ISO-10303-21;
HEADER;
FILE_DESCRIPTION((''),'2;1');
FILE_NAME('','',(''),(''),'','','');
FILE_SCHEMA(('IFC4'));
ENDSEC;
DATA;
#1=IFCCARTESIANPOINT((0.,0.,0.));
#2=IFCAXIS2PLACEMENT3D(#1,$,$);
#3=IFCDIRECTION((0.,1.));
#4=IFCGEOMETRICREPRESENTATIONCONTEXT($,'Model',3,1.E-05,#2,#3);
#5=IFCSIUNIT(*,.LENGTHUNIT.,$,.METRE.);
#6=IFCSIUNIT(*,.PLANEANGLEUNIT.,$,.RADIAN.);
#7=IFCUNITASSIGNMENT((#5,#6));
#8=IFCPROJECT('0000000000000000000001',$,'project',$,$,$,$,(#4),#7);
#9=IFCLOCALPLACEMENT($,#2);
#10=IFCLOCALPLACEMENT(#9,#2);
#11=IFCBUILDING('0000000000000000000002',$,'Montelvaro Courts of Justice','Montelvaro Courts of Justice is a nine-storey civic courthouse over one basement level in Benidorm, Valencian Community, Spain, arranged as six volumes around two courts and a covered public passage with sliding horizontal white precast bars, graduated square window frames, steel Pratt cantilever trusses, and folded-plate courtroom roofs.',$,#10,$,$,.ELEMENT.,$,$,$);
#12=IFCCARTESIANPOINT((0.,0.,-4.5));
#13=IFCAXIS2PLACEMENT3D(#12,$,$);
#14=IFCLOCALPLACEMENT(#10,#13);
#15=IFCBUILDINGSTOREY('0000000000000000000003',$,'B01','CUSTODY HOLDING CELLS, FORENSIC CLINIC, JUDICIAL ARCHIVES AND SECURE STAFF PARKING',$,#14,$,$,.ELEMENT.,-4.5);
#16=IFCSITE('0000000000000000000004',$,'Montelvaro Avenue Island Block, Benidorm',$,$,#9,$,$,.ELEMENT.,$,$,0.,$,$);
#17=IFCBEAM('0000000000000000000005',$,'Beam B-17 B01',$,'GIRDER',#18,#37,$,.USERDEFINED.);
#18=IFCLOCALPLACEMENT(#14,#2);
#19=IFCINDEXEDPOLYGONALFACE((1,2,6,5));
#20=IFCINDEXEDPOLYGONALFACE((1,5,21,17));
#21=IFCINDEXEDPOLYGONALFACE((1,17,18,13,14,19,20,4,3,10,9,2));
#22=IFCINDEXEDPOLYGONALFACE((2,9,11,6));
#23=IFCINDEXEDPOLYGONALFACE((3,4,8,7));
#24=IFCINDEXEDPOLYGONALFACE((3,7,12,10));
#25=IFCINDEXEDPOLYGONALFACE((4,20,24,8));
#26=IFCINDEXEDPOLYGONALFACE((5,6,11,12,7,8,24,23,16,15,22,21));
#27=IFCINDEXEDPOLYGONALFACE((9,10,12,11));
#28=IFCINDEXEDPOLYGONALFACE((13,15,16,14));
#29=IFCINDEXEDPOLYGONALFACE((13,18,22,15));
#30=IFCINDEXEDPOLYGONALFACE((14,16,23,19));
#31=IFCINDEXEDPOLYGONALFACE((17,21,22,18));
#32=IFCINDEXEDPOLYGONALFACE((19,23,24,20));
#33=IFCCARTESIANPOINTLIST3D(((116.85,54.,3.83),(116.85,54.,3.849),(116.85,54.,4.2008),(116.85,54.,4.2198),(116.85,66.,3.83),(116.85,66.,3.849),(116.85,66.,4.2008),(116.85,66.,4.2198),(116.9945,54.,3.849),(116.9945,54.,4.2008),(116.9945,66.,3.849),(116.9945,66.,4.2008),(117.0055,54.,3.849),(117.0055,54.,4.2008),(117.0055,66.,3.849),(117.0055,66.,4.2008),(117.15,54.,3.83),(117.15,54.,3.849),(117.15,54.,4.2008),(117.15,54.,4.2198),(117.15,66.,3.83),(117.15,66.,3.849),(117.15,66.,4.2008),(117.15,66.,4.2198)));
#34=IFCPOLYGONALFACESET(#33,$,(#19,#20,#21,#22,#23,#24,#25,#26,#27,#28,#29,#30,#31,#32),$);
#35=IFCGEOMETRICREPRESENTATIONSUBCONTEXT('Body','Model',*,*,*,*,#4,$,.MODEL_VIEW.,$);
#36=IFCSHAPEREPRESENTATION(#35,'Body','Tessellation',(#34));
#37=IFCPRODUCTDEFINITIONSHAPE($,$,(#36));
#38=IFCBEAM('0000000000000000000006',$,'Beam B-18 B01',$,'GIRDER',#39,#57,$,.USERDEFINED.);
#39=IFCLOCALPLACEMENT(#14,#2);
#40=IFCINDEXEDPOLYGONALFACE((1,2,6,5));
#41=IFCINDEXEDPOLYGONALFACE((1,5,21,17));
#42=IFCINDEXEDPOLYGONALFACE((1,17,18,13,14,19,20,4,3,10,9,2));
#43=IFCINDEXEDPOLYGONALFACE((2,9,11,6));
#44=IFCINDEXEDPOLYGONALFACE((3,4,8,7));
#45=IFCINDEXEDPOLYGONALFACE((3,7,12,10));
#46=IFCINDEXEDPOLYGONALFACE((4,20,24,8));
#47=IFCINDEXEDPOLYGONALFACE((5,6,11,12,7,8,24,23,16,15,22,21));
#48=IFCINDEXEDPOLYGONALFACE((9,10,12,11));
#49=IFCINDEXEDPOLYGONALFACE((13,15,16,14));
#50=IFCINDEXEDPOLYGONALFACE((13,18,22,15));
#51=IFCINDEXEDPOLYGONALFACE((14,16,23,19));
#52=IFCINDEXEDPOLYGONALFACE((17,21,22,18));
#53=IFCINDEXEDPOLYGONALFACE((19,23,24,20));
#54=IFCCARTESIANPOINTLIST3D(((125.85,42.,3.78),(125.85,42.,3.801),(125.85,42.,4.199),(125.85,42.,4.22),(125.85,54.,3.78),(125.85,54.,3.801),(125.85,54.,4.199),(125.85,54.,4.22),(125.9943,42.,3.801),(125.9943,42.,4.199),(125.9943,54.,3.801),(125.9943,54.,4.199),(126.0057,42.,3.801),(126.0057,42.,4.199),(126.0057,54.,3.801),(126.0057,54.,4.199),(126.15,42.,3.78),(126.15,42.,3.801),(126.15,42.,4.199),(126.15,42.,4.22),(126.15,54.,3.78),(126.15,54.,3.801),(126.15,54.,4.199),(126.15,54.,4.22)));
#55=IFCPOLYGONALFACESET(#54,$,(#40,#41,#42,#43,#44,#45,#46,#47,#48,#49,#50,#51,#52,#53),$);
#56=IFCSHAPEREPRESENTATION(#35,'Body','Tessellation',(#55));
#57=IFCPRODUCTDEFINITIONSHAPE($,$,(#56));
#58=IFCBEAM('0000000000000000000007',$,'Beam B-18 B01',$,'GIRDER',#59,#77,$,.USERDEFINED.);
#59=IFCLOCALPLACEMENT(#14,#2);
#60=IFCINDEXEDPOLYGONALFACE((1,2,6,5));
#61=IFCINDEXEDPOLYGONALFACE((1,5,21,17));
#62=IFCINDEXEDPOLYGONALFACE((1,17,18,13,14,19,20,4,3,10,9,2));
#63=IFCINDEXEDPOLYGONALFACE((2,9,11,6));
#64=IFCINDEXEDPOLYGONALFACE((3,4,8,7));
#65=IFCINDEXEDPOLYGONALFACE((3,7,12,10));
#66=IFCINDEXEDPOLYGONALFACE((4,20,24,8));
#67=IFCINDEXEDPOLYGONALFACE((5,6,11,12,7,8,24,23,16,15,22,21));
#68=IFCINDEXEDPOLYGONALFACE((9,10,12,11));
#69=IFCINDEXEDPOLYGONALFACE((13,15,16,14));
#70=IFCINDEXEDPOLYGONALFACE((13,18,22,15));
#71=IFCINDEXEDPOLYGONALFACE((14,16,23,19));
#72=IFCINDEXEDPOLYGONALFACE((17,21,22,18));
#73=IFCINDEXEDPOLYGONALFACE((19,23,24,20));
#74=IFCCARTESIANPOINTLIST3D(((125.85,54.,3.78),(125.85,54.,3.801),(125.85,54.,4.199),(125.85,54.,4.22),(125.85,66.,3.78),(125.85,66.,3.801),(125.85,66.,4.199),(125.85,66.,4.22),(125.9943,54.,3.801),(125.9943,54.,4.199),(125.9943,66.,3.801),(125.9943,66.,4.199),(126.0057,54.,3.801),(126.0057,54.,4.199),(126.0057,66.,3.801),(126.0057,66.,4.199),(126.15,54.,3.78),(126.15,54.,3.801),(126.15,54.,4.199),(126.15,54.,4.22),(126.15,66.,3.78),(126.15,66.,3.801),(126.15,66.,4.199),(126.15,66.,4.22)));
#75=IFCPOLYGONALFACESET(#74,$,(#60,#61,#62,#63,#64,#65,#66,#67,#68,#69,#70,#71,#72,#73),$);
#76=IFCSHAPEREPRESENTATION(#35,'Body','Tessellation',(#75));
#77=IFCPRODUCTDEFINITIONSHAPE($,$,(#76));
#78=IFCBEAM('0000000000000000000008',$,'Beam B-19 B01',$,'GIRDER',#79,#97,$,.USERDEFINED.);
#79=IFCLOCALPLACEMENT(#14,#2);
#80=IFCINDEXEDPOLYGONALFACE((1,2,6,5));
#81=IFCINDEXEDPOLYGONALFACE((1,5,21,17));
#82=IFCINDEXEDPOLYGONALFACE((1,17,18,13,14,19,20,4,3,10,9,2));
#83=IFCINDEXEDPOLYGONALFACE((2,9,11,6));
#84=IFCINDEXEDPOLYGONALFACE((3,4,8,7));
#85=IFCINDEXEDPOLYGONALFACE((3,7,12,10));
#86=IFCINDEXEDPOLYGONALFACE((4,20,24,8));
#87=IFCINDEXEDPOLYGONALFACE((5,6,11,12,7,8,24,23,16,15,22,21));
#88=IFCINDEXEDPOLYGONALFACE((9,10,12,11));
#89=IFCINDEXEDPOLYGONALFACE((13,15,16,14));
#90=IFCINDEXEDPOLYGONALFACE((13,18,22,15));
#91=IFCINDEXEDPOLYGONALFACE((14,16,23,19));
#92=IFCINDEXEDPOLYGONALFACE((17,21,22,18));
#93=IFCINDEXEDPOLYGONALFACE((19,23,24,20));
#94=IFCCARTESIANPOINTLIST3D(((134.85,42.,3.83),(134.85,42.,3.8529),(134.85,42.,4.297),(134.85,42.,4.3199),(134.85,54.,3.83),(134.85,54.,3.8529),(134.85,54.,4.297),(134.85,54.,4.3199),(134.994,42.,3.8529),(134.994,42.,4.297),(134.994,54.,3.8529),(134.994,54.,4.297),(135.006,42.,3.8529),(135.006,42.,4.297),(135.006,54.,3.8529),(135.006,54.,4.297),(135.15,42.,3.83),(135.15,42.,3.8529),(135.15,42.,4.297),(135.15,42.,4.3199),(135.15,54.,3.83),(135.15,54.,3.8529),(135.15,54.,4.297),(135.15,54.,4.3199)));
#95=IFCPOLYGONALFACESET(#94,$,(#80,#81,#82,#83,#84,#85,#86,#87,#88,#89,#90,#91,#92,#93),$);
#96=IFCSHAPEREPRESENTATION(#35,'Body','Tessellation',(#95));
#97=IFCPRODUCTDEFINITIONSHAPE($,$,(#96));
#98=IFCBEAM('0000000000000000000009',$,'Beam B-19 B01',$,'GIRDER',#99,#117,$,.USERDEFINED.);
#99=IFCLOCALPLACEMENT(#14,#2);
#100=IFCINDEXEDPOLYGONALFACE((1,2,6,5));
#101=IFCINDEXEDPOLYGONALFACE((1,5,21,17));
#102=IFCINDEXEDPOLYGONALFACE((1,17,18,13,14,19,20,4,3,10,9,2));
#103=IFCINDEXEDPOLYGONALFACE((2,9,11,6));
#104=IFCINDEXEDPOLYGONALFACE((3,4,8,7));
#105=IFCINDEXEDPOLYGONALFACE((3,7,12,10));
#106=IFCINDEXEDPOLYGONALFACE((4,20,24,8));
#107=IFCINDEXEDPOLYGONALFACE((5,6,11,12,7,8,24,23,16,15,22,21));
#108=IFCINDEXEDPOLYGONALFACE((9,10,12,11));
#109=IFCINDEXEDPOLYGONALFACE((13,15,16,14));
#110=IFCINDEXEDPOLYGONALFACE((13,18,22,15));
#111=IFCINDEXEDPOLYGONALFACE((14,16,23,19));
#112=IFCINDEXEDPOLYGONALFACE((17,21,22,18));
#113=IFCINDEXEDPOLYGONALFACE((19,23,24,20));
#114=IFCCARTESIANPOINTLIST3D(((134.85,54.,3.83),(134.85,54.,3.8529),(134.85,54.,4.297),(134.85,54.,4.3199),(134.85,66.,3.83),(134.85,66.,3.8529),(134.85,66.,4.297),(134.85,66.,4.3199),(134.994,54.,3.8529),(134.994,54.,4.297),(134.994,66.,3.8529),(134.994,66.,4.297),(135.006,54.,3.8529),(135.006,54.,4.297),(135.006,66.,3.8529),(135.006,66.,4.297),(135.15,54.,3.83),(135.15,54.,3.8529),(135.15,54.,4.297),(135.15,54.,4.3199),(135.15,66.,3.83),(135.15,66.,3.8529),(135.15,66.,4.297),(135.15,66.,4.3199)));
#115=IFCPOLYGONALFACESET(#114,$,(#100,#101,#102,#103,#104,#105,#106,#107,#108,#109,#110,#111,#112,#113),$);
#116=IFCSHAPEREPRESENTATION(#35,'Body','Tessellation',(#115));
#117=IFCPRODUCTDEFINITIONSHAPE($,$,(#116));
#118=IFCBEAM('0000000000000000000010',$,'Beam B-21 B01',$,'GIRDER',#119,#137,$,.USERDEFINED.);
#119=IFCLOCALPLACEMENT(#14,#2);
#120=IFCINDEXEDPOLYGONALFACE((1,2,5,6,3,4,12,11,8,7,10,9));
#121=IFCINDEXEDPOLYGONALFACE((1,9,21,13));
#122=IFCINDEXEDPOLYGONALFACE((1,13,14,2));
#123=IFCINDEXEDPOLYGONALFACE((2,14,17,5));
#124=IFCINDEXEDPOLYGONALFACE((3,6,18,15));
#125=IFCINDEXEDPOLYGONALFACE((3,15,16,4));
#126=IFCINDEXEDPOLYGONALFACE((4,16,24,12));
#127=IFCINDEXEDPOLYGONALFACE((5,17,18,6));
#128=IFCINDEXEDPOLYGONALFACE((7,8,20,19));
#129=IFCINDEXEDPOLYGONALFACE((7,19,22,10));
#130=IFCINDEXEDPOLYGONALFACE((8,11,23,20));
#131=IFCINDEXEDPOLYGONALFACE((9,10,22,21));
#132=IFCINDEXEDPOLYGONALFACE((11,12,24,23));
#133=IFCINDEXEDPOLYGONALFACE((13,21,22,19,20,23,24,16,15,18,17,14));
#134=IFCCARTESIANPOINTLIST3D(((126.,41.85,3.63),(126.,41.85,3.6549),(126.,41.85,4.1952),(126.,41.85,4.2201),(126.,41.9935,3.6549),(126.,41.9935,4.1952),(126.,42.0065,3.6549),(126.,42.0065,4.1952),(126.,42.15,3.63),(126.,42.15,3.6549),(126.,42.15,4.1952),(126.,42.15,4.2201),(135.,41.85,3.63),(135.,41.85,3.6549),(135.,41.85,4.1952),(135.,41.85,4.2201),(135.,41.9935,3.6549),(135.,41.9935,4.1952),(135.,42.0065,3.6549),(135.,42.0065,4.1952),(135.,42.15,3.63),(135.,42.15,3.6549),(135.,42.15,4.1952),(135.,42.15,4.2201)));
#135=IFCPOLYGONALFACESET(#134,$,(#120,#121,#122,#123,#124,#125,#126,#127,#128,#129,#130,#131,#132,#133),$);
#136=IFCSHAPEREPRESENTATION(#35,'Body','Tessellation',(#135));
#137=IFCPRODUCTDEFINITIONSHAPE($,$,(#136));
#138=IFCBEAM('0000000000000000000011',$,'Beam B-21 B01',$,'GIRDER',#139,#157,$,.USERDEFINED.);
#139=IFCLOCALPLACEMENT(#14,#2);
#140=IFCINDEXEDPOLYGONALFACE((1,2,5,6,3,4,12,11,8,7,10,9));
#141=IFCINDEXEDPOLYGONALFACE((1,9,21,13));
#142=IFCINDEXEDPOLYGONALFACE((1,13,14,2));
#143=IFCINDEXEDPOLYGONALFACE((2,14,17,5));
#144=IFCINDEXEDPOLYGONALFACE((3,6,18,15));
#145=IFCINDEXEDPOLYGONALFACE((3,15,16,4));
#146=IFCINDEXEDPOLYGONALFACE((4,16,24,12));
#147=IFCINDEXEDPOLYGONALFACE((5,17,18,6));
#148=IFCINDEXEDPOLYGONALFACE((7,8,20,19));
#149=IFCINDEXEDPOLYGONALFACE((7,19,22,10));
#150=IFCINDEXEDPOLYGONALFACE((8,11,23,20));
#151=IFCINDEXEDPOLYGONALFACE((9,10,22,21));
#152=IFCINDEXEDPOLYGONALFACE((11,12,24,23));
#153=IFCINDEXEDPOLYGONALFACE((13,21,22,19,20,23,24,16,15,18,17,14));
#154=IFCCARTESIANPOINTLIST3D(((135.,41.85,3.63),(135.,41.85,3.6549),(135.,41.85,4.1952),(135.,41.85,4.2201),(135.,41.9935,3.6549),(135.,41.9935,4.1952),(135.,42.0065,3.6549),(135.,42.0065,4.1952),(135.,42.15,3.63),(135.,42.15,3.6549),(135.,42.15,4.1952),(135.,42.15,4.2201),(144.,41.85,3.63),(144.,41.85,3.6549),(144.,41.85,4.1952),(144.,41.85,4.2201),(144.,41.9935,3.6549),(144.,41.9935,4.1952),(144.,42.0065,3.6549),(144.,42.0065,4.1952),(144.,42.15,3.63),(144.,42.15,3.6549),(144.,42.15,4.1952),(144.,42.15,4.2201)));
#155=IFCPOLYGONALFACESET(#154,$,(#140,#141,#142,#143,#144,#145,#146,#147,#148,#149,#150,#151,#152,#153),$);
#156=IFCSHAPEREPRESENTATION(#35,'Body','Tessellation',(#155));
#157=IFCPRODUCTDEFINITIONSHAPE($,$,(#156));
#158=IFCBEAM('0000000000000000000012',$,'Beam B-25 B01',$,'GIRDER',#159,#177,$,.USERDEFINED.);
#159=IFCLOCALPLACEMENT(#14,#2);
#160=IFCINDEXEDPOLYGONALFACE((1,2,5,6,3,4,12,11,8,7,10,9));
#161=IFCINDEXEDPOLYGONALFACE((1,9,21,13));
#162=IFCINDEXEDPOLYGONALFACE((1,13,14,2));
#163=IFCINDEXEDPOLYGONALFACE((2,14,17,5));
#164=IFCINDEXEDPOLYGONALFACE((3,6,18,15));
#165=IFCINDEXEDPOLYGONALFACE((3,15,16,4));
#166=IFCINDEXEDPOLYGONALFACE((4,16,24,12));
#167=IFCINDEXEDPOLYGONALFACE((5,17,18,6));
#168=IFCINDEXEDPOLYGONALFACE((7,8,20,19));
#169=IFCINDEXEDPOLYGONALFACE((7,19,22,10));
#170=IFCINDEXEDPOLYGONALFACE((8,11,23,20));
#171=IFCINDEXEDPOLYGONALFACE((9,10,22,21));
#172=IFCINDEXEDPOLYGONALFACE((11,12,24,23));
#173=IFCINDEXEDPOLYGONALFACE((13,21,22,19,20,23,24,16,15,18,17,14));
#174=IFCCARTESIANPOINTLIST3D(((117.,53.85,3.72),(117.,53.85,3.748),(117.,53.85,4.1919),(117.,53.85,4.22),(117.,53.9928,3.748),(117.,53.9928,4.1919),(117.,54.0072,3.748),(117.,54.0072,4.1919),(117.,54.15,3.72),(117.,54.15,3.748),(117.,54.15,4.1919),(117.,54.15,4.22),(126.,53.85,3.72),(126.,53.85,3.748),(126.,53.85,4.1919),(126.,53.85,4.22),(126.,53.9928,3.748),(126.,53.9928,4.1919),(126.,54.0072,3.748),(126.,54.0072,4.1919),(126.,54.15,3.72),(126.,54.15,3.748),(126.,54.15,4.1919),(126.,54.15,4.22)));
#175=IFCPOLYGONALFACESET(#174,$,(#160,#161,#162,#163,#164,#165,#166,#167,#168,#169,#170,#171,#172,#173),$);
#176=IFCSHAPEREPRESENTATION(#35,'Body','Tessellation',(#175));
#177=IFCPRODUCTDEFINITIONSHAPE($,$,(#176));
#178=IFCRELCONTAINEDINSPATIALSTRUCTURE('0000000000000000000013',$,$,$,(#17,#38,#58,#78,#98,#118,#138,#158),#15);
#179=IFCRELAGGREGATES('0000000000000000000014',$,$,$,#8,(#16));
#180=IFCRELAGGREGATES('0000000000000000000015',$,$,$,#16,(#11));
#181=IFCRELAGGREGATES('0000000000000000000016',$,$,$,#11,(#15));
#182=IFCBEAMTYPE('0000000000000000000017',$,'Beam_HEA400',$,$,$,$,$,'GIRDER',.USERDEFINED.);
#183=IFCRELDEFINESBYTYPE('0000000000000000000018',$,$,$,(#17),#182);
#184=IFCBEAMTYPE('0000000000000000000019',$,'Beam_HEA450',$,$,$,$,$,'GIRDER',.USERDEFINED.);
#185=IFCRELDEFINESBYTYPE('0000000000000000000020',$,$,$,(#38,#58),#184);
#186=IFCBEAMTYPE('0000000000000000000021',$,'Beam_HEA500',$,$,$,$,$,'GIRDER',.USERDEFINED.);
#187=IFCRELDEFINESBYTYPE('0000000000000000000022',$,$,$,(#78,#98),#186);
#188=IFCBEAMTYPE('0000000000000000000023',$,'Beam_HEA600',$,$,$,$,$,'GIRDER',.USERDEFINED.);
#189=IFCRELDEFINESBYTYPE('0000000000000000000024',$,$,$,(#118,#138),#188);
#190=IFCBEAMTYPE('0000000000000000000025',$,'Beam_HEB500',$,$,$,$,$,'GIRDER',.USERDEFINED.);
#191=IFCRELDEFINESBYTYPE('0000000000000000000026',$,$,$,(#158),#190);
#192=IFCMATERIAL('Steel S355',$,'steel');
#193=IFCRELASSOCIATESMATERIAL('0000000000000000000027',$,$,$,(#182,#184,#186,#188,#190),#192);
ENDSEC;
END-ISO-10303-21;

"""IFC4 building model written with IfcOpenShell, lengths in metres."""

from ifc_helpers import new_model, si_unit, direction, frame, origin, origin_2d, place, context, subcontext, project, spatial, i_section, extrude, material, material_profile, profile_set, type_object, element, save


model = new_model("IFC4")

# Units and contexts
model_context = context("Model", 3, precision=1e-05, world=origin(), true_north=direction((0.0, 1.0)))
body_context = subcontext(model_context, "Body", "Model", "MODEL_VIEW")
ifc_project = project(units=[si_unit("LENGTHUNIT", "METRE"), si_unit("PLANEANGLEUNIT", "RADIAN")], contexts=[model_context])

# Site, building, storey
site_placement = place(None, origin())
site = spatial("IfcSite", under=ifc_project, at=site_placement, Name="Montelvaro Avenue Island Block, Benidorm", CompositionType="ELEMENT", RefElevation=0.0)
building_placement = place(site_placement, origin())
building = spatial("IfcBuilding", under=site, at=building_placement, Name="Montelvaro Courts of Justice", Description="Montelvaro Courts of Justice is a nine-storey civic courthouse over one basement level in Benidorm, Valencian Community, Spain, arranged as six volumes around two courts and a covered public passage with sliding horizontal white precast bars, graduated square window frames, steel Pratt cantilever trusses, and folded-plate courtroom roofs.", CompositionType="ELEMENT")
storey_placement = place(building_placement, frame((0.0, 0.0, -4.5)))
storey = spatial("IfcBuildingStorey", under=building, at=storey_placement, Name="B01", Description="CUSTODY HOLDING CELLS, FORENSIC CLINIC, JUDICIAL ARCHIVES AND SECURE STAFF PARKING", CompositionType="ELEMENT", Elevation=-4.5)

# Beams
ifc_material_1 = material(Name="Steel S355", Category="steel")
ifc_material_profile_1 = material_profile(ifc_material_1, i_section(OverallWidth=0.3, OverallDepth=0.3899, WebThickness=0.011, FlangeThickness=0.019, at=origin_2d()), Name="HEA 400")
ifc_profile_set_1 = profile_set([ifc_material_profile_1], Name="Steel S355")
beam_type_1 = type_object("IfcBeamType", Name="Beam_HEA400", ElementType="GIRDER", PredefinedType="USERDEFINED", material=ifc_profile_set_1)
beam_1_placement = place(storey_placement, frame((117.0, 54.0, 4.0249), z_axis=(0.0, 1.0, 0.0), x_axis=(-1.0, 0.0, 0.0)))
element("IfcBeam", 1, at=beam_1_placement, inside=storey, type_object=beam_type_1, Name="Beam B-17 B01", ObjectType="GIRDER", PredefinedType="USERDEFINED", context=body_context, shape_type="SweptSolid", body=[
    extrude(i_section(OverallWidth=0.3, OverallDepth=0.3899, WebThickness=0.011, FlangeThickness=0.019, at=origin_2d()), origin(), (0.0, 0.0, 1.0), 12.0),
])
ifc_material_profile_2 = material_profile(ifc_material_1, i_section(OverallWidth=0.3, OverallDepth=0.4399, WebThickness=0.0115, FlangeThickness=0.021, at=origin_2d()), Name="HEA 450")
ifc_profile_set_2 = profile_set([ifc_material_profile_2], Name="Steel S355")
beam_type_2 = type_object("IfcBeamType", Name="Beam_HEA450", ElementType="GIRDER", PredefinedType="USERDEFINED", material=ifc_profile_set_2)
for number, where, z_axis, x_axis, name in (
    (2, (126.0, 42.0, 4.0), (0.0, 1.0, 0.0), (-1.0, 0.0, 0.0), "Beam B-18 B01"),
    (3, (126.0, 54.0, 4.0), (0.0, 1.0, 0.0), (-1.0, 0.0, 0.0), "Beam B-18 B01"),
):
    element("IfcBeam", number, at=place(storey_placement, frame(where, z_axis=z_axis, x_axis=x_axis)), inside=storey, type_object=beam_type_2, Name=name, ObjectType="GIRDER", PredefinedType="USERDEFINED", context=body_context, shape_type="SweptSolid", body=[
        extrude(i_section(OverallWidth=0.3, OverallDepth=0.4399, WebThickness=0.0115, FlangeThickness=0.021, at=origin_2d()), origin(), (0.0, 0.0, 1.0), 12.0),
    ])
ifc_material_profile_3 = material_profile(ifc_material_1, i_section(OverallWidth=0.3, OverallDepth=0.49, WebThickness=0.012, FlangeThickness=0.0229, at=origin_2d()), Name="HEA 500")
ifc_profile_set_3 = profile_set([ifc_material_profile_3], Name="Steel S355")
beam_type_3 = type_object("IfcBeamType", Name="Beam_HEA500", ElementType="GIRDER", PredefinedType="USERDEFINED", material=ifc_profile_set_3)
for number, where, z_axis, x_axis, name in (
    (4, (135.0, 42.0, 4.075), (0.0, 1.0, 0.0), (-1.0, 0.0, 0.0), "Beam B-19 B01"),
    (5, (135.0, 54.0, 4.075), (0.0, 1.0, 0.0), (-1.0, 0.0, 0.0), "Beam B-19 B01"),
):
    element("IfcBeam", number, at=place(storey_placement, frame(where, z_axis=z_axis, x_axis=x_axis)), inside=storey, type_object=beam_type_3, Name=name, ObjectType="GIRDER", PredefinedType="USERDEFINED", context=body_context, shape_type="SweptSolid", body=[
        extrude(i_section(OverallWidth=0.3, OverallDepth=0.49, WebThickness=0.012, FlangeThickness=0.0229, at=origin_2d()), origin(), (0.0, 0.0, 1.0), 12.0),
    ])
ifc_material_profile_4 = material_profile(ifc_material_1, i_section(OverallWidth=0.3, OverallDepth=0.5901, WebThickness=0.0129, FlangeThickness=0.0249, at=origin_2d()), Name="HEA 600")
ifc_profile_set_4 = profile_set([ifc_material_profile_4], Name="Steel S355")
beam_type_4 = type_object("IfcBeamType", Name="Beam_HEA600", ElementType="GIRDER", PredefinedType="USERDEFINED", material=ifc_profile_set_4)
for number, where, z_axis, x_axis, name in (
    (6, (126.0, 42.0, 3.925), (1.0, 0.0, 0.0), (0.0, 1.0, 0.0), "Beam B-21 B01"),
    (7, (135.0, 42.0, 3.925), (1.0, 0.0, 0.0), (0.0, 1.0, 0.0), "Beam B-21 B01"),
):
    element("IfcBeam", number, at=place(storey_placement, frame(where, z_axis=z_axis, x_axis=x_axis)), inside=storey, type_object=beam_type_4, Name=name, ObjectType="GIRDER", PredefinedType="USERDEFINED", context=body_context, shape_type="SweptSolid", body=[
        extrude(i_section(OverallWidth=0.3, OverallDepth=0.5901, WebThickness=0.0129, FlangeThickness=0.0249, at=origin_2d()), origin(), (0.0, 0.0, 1.0), 9.0),
    ])
ifc_material_profile_5 = material_profile(ifc_material_1, i_section(OverallWidth=0.3, OverallDepth=0.5, WebThickness=0.0144, FlangeThickness=0.0281, at=origin_2d()), Name="HEB 500")
ifc_profile_set_5 = profile_set([ifc_material_profile_5], Name="Steel S355")
beam_type_5 = type_object("IfcBeamType", Name="Beam_HEB500", ElementType="GIRDER", PredefinedType="USERDEFINED", material=ifc_profile_set_5)
for number, where, z_axis, x_axis, name in (
    (8, (117.0, 54.0, 3.97), (1.0, 0.0, 0.0), (0.0, 1.0, 0.0), "Beam B-25 B01"),
):
    element("IfcBeam", number, at=place(storey_placement, frame(where, z_axis=z_axis, x_axis=x_axis)), inside=storey, type_object=beam_type_5, Name=name, ObjectType="GIRDER", PredefinedType="USERDEFINED", context=body_context, shape_type="SweptSolid", body=[
        extrude(i_section(OverallWidth=0.3, OverallDepth=0.5, WebThickness=0.0144, FlangeThickness=0.0281, at=origin_2d()), origin(), (0.0, 0.0, 1.0), 9.0),
    ])

save(model, "model.ifc")
